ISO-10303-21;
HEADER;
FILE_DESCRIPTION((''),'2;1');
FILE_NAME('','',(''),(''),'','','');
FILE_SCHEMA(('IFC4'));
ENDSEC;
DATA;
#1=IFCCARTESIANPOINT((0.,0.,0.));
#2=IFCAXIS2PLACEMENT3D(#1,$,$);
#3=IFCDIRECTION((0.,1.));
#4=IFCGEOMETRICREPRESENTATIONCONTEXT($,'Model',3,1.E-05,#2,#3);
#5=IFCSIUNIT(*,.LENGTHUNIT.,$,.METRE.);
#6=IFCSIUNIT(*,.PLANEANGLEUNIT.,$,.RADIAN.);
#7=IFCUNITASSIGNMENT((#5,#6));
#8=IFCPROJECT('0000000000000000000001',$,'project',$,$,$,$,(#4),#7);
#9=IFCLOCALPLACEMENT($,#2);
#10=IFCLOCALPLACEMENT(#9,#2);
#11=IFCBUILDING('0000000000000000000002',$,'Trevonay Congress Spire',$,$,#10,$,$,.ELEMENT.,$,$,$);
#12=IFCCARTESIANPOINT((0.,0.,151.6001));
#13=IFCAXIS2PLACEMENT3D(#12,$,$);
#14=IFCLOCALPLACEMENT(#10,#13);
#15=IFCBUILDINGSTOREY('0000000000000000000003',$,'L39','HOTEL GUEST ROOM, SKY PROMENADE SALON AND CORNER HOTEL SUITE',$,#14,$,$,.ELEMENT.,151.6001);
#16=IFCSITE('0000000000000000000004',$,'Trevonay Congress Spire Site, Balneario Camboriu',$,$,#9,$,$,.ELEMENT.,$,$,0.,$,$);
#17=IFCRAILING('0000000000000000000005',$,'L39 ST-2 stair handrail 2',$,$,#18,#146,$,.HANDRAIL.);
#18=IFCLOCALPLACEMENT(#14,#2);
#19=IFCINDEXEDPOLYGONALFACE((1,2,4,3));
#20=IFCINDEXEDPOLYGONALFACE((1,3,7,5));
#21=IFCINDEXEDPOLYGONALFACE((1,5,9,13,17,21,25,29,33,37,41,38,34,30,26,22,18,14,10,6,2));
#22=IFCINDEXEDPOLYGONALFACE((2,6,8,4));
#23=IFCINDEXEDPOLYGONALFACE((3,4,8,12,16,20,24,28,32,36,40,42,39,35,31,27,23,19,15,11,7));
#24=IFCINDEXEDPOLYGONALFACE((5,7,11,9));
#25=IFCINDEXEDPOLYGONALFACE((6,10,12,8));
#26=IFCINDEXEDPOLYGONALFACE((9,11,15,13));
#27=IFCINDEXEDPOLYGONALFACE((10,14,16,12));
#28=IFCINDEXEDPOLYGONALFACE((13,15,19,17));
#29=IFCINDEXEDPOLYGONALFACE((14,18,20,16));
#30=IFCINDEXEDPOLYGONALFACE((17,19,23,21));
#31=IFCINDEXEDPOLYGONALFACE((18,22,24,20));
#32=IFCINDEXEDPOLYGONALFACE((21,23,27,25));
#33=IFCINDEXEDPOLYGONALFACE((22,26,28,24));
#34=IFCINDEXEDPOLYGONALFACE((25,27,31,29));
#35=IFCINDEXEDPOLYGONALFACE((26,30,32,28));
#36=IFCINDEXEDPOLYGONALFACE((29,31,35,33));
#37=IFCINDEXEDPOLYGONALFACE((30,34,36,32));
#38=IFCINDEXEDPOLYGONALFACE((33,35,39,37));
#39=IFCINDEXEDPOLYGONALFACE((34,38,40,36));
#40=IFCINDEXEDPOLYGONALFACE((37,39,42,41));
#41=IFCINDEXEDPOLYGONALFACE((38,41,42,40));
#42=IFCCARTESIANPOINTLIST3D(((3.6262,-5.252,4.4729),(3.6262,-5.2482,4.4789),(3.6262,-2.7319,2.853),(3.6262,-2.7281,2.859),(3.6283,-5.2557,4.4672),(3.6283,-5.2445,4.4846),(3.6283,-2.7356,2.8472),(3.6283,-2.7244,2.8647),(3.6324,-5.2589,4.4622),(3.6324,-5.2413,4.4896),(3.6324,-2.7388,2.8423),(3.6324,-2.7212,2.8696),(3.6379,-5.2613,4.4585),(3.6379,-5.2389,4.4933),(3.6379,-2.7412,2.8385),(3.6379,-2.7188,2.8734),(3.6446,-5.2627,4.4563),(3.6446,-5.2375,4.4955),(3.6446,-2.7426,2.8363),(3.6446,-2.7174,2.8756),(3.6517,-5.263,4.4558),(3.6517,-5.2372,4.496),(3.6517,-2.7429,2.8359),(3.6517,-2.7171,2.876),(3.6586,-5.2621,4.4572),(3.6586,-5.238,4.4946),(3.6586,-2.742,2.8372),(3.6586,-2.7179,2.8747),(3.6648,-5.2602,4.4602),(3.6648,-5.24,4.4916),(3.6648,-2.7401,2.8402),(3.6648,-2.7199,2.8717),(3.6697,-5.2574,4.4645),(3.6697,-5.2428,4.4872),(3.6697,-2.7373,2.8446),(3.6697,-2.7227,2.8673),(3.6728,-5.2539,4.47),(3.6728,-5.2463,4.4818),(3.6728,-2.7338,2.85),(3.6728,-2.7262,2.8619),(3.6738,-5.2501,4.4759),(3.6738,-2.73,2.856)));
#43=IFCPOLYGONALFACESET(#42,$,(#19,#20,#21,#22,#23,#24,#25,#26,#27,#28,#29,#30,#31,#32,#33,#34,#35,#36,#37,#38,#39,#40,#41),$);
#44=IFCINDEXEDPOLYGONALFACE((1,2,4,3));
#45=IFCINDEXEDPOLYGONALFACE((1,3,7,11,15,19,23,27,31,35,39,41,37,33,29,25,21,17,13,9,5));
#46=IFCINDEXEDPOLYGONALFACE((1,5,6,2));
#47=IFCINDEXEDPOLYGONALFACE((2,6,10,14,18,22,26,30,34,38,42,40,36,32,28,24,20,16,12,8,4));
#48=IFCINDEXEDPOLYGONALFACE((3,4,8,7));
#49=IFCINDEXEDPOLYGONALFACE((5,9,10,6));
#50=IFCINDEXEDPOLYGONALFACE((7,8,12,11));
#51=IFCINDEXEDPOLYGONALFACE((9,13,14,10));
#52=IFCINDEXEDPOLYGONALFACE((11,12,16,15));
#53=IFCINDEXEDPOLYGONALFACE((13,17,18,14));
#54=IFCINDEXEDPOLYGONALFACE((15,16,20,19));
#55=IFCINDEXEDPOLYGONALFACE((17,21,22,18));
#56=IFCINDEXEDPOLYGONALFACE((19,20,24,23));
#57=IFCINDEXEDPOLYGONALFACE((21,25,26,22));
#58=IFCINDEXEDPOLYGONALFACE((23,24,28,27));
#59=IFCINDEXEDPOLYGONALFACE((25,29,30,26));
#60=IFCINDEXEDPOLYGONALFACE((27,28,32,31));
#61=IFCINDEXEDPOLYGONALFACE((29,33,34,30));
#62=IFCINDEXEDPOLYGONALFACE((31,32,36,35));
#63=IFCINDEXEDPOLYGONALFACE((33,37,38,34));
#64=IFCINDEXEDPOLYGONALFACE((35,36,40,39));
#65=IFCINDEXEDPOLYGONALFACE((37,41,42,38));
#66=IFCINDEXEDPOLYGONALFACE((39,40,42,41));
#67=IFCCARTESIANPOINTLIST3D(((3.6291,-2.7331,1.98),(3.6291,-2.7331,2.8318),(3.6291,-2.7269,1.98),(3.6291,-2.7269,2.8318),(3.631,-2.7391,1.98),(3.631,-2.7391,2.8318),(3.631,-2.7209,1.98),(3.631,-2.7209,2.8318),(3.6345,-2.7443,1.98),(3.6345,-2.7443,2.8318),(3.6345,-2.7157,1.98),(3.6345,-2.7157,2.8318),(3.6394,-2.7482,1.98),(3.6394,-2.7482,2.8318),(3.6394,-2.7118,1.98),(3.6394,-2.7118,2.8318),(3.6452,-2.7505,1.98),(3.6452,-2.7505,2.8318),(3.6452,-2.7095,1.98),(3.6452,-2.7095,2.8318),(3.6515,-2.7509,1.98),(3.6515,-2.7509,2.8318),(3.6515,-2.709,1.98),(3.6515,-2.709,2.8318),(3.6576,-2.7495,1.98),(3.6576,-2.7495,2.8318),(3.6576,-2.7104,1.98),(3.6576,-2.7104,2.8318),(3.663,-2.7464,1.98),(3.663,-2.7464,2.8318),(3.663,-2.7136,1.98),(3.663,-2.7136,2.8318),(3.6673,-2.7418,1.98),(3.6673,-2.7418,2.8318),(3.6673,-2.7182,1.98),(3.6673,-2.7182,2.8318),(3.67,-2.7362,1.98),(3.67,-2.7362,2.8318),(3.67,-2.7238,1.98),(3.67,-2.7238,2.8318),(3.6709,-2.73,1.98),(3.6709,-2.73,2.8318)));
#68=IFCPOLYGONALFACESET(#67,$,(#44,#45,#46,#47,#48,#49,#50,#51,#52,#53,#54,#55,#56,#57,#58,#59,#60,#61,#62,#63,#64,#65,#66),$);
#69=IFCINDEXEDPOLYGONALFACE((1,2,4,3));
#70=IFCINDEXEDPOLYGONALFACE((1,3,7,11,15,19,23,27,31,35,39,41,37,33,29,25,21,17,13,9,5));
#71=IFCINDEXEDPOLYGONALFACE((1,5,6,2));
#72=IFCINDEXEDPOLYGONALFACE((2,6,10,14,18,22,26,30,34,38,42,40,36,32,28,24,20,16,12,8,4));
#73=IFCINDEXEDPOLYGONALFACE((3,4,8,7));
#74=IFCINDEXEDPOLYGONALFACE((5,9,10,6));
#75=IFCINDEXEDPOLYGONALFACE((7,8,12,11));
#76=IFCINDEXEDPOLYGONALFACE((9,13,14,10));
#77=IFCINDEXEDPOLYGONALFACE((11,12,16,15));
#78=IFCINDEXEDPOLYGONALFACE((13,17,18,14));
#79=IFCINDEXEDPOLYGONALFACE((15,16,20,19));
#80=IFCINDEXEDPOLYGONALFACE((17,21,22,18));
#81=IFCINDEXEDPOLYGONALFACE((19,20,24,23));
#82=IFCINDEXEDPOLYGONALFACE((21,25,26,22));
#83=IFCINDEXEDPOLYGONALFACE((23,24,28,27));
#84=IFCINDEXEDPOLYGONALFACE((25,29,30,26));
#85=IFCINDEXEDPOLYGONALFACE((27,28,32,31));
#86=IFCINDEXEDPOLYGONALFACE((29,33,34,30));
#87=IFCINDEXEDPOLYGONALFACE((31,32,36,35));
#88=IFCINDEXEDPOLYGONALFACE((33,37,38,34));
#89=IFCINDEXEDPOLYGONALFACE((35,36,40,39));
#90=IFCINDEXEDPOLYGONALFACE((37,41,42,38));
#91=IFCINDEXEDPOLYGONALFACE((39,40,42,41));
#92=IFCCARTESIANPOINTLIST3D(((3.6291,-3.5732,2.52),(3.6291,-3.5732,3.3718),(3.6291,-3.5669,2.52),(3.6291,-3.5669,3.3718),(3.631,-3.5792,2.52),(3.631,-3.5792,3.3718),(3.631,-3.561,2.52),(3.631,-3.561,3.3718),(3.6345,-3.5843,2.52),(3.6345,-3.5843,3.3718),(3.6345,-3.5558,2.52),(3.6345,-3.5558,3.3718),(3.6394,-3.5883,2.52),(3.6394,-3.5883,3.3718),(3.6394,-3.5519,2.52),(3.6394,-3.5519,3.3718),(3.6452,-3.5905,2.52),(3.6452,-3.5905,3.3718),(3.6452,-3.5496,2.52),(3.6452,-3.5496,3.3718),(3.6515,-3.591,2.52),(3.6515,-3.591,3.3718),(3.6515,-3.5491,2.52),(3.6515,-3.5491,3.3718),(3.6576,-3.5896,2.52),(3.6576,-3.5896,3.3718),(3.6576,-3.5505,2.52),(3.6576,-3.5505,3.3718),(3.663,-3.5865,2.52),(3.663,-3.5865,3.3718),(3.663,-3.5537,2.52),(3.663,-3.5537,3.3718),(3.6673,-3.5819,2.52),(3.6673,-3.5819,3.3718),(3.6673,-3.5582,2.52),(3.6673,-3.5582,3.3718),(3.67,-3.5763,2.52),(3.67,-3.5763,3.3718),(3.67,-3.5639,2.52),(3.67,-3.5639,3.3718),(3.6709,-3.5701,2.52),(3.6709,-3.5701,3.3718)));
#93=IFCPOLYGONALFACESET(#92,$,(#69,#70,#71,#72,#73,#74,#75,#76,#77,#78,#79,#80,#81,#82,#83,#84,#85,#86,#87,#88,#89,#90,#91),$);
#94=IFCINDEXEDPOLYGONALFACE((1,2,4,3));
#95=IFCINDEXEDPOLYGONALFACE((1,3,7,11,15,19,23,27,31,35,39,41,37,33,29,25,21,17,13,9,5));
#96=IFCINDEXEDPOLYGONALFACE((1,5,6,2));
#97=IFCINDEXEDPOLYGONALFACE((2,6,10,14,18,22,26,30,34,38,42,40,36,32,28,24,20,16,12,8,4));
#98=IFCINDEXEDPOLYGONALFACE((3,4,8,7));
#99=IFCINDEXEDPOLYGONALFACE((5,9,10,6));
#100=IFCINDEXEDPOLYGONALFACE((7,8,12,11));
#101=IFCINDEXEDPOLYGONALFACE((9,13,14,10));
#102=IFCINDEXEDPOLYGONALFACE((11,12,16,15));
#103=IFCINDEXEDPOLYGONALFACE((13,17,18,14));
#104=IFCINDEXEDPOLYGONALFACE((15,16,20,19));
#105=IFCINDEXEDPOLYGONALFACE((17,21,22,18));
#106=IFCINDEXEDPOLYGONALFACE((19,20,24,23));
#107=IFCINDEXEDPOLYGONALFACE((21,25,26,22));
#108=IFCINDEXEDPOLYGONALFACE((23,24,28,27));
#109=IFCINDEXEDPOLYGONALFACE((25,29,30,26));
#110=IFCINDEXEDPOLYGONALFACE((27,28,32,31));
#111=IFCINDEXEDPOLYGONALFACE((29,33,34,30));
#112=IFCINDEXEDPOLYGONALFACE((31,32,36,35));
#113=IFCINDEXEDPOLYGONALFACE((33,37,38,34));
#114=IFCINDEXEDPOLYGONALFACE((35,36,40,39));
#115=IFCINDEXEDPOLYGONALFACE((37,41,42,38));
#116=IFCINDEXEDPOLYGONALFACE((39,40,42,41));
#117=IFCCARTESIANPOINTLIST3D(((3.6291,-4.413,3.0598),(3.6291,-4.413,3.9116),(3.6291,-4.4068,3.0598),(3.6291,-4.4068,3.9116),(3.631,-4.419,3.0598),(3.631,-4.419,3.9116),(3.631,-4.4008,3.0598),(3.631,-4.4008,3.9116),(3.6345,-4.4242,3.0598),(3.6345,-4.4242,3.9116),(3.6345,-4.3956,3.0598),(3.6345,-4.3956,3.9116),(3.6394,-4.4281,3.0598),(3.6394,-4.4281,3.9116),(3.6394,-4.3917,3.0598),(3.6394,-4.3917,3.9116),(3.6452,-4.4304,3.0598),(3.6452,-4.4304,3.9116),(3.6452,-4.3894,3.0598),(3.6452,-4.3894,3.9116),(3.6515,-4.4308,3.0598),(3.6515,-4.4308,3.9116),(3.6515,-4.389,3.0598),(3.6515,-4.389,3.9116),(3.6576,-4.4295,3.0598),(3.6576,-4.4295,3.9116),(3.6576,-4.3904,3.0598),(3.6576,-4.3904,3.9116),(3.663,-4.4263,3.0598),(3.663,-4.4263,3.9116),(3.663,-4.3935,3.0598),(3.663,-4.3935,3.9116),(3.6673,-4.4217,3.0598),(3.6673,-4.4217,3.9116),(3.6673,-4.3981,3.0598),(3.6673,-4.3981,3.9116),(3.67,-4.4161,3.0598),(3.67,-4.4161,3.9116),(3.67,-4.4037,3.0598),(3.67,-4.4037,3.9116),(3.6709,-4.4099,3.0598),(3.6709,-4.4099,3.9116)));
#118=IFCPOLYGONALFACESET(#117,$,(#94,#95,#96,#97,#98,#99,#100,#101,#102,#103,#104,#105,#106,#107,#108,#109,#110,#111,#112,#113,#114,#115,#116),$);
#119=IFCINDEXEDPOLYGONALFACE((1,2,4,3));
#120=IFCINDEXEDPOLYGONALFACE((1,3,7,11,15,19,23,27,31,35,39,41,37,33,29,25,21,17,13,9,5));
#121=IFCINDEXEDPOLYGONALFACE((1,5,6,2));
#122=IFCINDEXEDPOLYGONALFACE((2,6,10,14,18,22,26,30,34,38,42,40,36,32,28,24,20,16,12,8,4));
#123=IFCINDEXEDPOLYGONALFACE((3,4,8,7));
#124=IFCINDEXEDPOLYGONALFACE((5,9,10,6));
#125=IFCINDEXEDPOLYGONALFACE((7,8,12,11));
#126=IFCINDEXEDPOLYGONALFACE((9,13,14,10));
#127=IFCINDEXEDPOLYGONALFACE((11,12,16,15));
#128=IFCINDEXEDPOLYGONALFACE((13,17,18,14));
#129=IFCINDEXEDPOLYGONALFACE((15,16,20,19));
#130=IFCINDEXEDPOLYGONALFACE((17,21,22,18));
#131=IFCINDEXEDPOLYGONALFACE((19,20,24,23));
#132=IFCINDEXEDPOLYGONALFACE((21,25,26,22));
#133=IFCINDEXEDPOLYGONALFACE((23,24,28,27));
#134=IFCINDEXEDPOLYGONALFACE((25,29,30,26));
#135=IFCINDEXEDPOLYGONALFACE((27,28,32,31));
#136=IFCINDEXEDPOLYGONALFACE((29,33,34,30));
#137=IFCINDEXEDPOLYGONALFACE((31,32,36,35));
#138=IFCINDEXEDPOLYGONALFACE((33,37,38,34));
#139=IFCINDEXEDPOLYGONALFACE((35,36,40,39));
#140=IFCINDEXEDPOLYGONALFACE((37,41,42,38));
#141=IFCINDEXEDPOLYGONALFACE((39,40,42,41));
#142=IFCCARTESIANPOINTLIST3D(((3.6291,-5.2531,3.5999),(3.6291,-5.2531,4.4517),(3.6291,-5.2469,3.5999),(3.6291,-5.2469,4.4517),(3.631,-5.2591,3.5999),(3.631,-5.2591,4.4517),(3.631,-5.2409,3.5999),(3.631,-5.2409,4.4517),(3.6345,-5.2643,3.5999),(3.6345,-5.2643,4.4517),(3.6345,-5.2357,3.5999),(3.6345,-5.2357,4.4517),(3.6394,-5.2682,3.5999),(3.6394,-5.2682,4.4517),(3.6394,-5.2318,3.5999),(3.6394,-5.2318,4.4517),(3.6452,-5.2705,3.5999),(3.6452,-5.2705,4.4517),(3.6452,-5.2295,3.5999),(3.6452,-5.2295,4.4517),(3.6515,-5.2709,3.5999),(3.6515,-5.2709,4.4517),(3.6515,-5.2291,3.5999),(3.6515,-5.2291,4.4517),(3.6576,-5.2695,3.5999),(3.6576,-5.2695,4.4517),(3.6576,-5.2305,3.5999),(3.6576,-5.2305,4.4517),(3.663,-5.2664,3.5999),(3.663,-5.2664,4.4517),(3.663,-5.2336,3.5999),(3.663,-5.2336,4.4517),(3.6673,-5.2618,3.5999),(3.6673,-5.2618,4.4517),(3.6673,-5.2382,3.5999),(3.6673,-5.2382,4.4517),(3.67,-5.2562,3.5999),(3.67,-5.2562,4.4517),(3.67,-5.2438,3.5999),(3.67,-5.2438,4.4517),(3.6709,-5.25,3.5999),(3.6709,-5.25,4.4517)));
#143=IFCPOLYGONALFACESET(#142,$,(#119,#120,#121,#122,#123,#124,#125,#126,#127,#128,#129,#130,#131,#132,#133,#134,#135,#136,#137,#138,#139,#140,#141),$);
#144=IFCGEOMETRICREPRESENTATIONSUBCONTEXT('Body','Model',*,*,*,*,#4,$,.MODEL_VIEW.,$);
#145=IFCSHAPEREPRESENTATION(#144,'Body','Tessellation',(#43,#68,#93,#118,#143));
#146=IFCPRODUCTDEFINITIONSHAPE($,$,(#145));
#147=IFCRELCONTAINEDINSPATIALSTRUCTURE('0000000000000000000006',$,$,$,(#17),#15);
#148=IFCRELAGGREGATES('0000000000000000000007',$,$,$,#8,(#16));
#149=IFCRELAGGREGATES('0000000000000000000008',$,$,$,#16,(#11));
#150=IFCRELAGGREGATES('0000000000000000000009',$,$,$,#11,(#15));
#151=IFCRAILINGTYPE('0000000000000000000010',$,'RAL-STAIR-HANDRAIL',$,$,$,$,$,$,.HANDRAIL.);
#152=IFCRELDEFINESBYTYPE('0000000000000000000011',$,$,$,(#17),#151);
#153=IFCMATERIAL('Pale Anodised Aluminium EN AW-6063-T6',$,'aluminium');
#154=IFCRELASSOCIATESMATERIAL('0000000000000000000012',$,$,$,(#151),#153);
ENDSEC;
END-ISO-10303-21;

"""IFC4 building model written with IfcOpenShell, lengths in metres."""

from ifc_helpers import new_model, si_unit, direction, frame, origin, origin_2d, place, context, subcontext, project, spatial, circle, extrude, material, type_object, element, save


model = new_model("IFC4")

# Units and contexts
model_context = context("Model", 3, precision=1e-05, world=origin(), true_north=direction((0.0, 1.0)))
body_context = subcontext(model_context, "Body", "Model", "MODEL_VIEW")
ifc_project = project(units=[si_unit("LENGTHUNIT", "METRE"), si_unit("PLANEANGLEUNIT", "RADIAN")], contexts=[model_context])

# Site, building, storey
site_placement = place(None, origin())
site = spatial("IfcSite", under=ifc_project, at=site_placement, Name="Trevonay Congress Spire Site, Balneario Camboriu", CompositionType="ELEMENT", RefElevation=0.0)
building_placement = place(site_placement, origin())
building = spatial("IfcBuilding", under=site, at=building_placement, Name="Trevonay Congress Spire", CompositionType="ELEMENT")
storey_placement = place(building_placement, frame((0.0, 0.0, 151.6001)))
storey = spatial("IfcBuildingStorey", under=building, at=storey_placement, Name="L39", Description="HOTEL GUEST ROOM, SKY PROMENADE SALON AND CORNER HOTEL SUITE", CompositionType="ELEMENT", Elevation=151.6001)

# Railing
ifc_material_1 = material(Name="Pale Anodised Aluminium EN AW-6063-T6", Category="aluminium")
railing_type_1 = type_object("IfcRailingType", Name="RAL-STAIR-HANDRAIL", PredefinedType="HANDRAIL", material=ifc_material_1)
railing_1_placement = place(storey_placement, frame((3.6499, -2.73, 1.98)))
element("IfcRailing", 1, at=railing_1_placement, inside=storey, type_object=railing_type_1, Name="L39 ST-2 stair handrail 2", PredefinedType="HANDRAIL", context=body_context, shape_type="SweptSolid", body=[
    extrude(circle(Radius=0.0239, at=origin_2d()), frame((0.0, 0.0, 0.876), z_axis=(0.0, -0.8412, 0.540725), x_axis=(1.0, 0.0, 0.0)), (0.0, 0.0, 1.0), 2.9958),
    extrude(circle(Radius=0.021, at=origin_2d()), origin(), (0.0, 0.0, 1.0), 0.8518),
    extrude(circle(Radius=0.021, at=origin_2d()), frame((0.0, -0.8401, 0.54)), (0.0, 0.0, 1.0), 0.8518),
    extrude(circle(Radius=0.021, at=origin_2d()), frame((0.0, -1.6799, 1.0798)), (0.0, 0.0, 1.0), 0.8518),
    extrude(circle(Radius=0.021, at=origin_2d()), frame((0.0, -2.52, 1.6199)), (0.0, 0.0, 1.0), 0.8518),
])

save(model, "model.ifc")
